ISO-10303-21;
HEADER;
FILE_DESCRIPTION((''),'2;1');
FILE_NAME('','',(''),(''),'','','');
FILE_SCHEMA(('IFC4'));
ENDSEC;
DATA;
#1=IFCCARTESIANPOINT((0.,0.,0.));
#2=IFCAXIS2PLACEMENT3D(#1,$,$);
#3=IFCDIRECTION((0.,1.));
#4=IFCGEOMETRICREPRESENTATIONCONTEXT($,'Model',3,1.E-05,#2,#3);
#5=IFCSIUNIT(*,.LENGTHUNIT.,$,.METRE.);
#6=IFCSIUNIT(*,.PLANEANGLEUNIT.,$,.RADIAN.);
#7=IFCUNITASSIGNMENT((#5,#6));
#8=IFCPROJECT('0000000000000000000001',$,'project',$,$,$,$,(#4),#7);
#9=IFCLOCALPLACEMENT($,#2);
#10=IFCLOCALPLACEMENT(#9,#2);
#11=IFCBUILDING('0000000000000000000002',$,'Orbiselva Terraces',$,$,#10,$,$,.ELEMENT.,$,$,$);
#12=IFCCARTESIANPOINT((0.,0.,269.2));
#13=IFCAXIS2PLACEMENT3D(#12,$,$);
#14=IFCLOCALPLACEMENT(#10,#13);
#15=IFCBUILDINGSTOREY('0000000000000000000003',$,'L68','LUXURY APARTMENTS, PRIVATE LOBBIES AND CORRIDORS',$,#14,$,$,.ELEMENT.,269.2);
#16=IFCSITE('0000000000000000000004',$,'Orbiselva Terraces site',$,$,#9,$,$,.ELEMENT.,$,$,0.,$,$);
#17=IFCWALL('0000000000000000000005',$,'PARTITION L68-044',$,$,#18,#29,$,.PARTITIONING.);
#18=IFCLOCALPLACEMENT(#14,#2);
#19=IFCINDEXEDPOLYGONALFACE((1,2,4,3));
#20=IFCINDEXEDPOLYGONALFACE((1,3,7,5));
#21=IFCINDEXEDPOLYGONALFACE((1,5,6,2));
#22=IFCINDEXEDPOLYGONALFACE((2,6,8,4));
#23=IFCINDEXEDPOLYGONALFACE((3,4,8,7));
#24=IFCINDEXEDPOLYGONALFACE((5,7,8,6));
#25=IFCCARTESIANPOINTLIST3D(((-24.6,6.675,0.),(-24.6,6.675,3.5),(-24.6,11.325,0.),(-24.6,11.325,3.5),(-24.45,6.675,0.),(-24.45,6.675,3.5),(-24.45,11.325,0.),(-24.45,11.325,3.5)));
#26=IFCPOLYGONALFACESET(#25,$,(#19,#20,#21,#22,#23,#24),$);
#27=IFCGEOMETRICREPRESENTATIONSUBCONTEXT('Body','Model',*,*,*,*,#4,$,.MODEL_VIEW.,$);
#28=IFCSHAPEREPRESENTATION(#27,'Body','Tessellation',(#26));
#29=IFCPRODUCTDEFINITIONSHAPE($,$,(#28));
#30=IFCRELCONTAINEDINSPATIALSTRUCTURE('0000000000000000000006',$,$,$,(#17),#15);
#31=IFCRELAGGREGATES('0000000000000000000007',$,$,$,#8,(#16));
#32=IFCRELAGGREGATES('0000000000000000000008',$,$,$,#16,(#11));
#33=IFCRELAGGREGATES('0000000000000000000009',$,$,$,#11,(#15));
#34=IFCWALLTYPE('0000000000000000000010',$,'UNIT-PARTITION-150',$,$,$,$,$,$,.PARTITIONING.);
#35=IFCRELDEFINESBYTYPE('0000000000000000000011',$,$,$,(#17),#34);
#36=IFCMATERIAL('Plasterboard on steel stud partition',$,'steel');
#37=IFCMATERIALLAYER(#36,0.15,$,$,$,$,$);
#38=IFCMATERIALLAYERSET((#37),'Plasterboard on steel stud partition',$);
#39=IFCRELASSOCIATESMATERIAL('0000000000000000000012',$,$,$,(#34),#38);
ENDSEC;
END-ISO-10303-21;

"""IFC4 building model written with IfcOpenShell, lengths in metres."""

from ifc_helpers import new_model, si_unit, direction, frame, frame_2d, origin, place, context, subcontext, project, spatial, rectangle, extrude, material, layer, layer_set, type_object, element, save


model = new_model("IFC4")

# Units and contexts
model_context = context("Model", 3, precision=1e-05, world=origin(), true_north=direction((0.0, 1.0)))
body_context = subcontext(model_context, "Body", "Model", "MODEL_VIEW")
ifc_project = project(units=[si_unit("LENGTHUNIT", "METRE"), si_unit("PLANEANGLEUNIT", "RADIAN")], contexts=[model_context])

# Site, building, storey
site_placement = place(None, origin())
site = spatial("IfcSite", under=ifc_project, at=site_placement, Name="Orbiselva Terraces site", CompositionType="ELEMENT", RefElevation=0.0)
building_placement = place(site_placement, origin())
building = spatial("IfcBuilding", under=site, at=building_placement, Name="Orbiselva Terraces", CompositionType="ELEMENT")
storey_placement = place(building_placement, frame((0.0, 0.0, 269.2)))
storey = spatial("IfcBuildingStorey", under=building, at=storey_placement, Name="L68", Description="LUXURY APARTMENTS, PRIVATE LOBBIES AND CORRIDORS", CompositionType="ELEMENT", Elevation=269.2)

# Shared definitions
ifc_material_1 = material(Name="Plasterboard on steel stud partition", Category="steel")
ifc_layer_1 = layer(ifc_material_1, 0.15)
ifc_layer_set_1 = layer_set([ifc_layer_1], Name="Plasterboard on steel stud partition")
wall_type_1 = type_object("IfcWallType", Name="UNIT-PARTITION-150", PredefinedType="PARTITIONING", material=ifc_layer_set_1)

# Wall
wall_1_placement = place(storey_placement, frame((-24.525, 6.675, 0.0), z_axis=(0.0, 0.0, 1.0), x_axis=(0.0, 1.0, 0.0)))
element("IfcWall", 1, at=wall_1_placement, inside=storey, type_object=wall_type_1, Name="PARTITION L68-044", PredefinedType="PARTITIONING", context=body_context, shape_type="SweptSolid", body=[
    extrude(rectangle(XDim=4.65, YDim=0.15, at=frame_2d((2.325, 0.0))), origin(), (0.0, 0.0, 1.0), 3.5),
])

save(model, "model.ifc")
